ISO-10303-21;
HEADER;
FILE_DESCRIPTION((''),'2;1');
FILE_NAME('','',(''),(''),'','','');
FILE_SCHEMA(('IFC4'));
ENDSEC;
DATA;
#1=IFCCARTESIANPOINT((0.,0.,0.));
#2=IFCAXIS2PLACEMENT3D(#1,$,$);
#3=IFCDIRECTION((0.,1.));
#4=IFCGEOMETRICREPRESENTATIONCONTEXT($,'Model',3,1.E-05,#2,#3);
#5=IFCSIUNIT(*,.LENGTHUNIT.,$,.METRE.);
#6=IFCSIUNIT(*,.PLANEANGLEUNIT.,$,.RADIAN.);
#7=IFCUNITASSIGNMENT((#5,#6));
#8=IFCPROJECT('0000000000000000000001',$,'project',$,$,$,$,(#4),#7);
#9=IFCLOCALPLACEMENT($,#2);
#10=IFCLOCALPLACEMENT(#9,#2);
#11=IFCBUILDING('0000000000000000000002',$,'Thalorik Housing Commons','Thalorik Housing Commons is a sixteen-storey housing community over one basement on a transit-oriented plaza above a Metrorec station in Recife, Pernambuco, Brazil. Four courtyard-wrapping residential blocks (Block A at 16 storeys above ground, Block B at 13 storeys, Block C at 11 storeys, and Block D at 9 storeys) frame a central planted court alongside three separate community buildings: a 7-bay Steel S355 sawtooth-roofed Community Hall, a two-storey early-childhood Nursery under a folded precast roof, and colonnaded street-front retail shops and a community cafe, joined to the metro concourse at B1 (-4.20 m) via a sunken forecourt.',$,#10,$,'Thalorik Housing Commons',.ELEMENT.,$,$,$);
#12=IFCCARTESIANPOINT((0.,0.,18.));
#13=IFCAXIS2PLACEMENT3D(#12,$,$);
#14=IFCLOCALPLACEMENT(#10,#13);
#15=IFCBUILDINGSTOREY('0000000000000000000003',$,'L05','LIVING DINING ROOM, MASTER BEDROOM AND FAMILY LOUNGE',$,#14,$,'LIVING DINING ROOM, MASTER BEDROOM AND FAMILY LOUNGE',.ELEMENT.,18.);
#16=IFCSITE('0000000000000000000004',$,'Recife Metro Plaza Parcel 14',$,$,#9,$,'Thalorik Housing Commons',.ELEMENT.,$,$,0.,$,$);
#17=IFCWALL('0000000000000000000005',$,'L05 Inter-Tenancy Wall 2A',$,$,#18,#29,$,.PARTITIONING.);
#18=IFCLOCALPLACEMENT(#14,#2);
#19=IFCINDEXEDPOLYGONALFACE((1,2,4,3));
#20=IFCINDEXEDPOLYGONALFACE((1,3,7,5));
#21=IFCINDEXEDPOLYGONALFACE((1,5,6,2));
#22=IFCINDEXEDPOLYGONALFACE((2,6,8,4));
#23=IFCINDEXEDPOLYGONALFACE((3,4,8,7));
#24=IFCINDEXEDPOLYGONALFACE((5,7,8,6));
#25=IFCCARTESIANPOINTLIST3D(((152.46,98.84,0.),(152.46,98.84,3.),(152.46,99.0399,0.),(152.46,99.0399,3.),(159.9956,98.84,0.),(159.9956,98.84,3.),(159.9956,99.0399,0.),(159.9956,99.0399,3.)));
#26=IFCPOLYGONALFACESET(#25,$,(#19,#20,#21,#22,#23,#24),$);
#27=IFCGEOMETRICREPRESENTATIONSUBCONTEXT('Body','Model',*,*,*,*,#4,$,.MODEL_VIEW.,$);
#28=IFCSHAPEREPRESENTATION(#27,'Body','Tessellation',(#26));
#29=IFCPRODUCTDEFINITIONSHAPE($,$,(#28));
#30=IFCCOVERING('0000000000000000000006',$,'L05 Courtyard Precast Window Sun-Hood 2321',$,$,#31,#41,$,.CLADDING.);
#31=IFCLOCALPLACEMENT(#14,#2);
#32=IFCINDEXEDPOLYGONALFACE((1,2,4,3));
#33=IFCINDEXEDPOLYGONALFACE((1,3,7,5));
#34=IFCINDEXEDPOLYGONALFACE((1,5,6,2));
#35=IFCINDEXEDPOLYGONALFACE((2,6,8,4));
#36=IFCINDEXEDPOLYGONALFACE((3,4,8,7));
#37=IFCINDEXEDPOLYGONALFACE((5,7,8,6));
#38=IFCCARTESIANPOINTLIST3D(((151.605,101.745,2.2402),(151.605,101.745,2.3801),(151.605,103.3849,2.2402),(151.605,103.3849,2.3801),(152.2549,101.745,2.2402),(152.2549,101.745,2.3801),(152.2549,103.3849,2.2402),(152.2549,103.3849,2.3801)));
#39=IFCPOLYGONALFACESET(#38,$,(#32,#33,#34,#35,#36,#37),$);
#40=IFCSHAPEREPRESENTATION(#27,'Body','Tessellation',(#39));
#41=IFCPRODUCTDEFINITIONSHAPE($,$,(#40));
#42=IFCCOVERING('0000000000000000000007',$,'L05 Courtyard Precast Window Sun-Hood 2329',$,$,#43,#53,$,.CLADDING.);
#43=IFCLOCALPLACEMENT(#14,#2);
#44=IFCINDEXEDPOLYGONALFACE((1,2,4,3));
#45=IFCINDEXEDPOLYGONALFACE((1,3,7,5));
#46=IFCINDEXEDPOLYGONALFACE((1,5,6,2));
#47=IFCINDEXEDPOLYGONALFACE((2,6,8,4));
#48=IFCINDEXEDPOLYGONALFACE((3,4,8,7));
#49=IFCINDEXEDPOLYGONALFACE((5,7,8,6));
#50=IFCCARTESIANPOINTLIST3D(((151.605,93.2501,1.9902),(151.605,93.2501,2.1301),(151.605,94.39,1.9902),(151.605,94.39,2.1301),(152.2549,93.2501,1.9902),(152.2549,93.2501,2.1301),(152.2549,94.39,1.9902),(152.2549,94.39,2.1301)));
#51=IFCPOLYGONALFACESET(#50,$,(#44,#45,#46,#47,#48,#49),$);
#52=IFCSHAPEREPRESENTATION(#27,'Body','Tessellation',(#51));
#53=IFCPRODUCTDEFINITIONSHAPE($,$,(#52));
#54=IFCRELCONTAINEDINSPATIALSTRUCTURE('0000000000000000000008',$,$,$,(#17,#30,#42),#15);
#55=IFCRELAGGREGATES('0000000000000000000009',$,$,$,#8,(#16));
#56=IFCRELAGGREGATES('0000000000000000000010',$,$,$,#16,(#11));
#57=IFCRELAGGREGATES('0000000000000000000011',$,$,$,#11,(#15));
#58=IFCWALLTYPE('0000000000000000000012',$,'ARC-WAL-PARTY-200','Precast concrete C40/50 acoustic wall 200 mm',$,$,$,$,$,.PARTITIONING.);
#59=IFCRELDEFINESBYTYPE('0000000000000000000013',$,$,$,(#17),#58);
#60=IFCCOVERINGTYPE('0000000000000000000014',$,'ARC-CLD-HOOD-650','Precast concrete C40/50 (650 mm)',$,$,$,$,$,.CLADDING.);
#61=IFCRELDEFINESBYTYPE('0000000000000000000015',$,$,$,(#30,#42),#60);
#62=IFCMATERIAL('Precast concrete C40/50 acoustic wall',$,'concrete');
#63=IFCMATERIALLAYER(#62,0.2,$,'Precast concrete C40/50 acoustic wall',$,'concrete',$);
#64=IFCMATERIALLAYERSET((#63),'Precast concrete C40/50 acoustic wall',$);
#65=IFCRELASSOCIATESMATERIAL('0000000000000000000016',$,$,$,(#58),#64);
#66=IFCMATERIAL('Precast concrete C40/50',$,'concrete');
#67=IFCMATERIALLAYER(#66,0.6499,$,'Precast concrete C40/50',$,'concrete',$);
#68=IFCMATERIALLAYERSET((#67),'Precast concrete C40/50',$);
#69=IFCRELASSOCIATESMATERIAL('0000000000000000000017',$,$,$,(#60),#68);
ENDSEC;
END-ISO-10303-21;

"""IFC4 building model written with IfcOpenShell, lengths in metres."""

from ifc_helpers import new_model, si_unit, direction, frame, frame_2d, origin, origin_2d, place, context, subcontext, project, spatial, rectangle, extrude, material, layer, layer_set, type_object, element, save


model = new_model("IFC4")

# Units and contexts
model_context = context("Model", 3, precision=1e-05, world=origin(), true_north=direction((0.0, 1.0)))
body_context = subcontext(model_context, "Body", "Model", "MODEL_VIEW")
ifc_project = project(units=[si_unit("LENGTHUNIT", "METRE"), si_unit("PLANEANGLEUNIT", "RADIAN")], contexts=[model_context])

# Site, building, storey
site_placement = place(None, origin())
site = spatial("IfcSite", under=ifc_project, at=site_placement, Name="Recife Metro Plaza Parcel 14", LongName="Thalorik Housing Commons", CompositionType="ELEMENT", RefElevation=0.0)
building_placement = place(site_placement, origin())
building = spatial("IfcBuilding", under=site, at=building_placement, Name="Thalorik Housing Commons", Description="Thalorik Housing Commons is a sixteen-storey housing community over one basement on a transit-oriented plaza above a Metrorec station in Recife, Pernambuco, Brazil. Four courtyard-wrapping residential blocks (Block A at 16 storeys above ground, Block B at 13 storeys, Block C at 11 storeys, and Block D at 9 storeys) frame a central planted court alongside three separate community buildings: a 7-bay Steel S355 sawtooth-roofed Community Hall, a two-storey early-childhood Nursery under a folded precast roof, and colonnaded street-front retail shops and a community cafe, joined to the metro concourse at B1 (-4.20 m) via a sunken forecourt.", LongName="Thalorik Housing Commons", CompositionType="ELEMENT")
storey_placement = place(building_placement, frame((0.0, 0.0, 18.0)))
storey = spatial("IfcBuildingStorey", under=building, at=storey_placement, Name="L05", Description="LIVING DINING ROOM, MASTER BEDROOM AND FAMILY LOUNGE", LongName="LIVING DINING ROOM, MASTER BEDROOM AND FAMILY LOUNGE", CompositionType="ELEMENT", Elevation=18.0)

# Shared definitions
ifc_material_1 = material(Name="Precast concrete C40/50", Category="concrete")

# Wall
ifc_material_2 = material(Name="Precast concrete C40/50 acoustic wall", Category="concrete")
ifc_layer_1 = layer(ifc_material_2, 0.2, Name="Precast concrete C40/50 acoustic wall", Category="concrete")
ifc_layer_set_1 = layer_set([ifc_layer_1], Name="Precast concrete C40/50 acoustic wall")
wall_type_1 = type_object("IfcWallType", Name="ARC-WAL-PARTY-200", Description="Precast concrete C40/50 acoustic wall 200 mm", PredefinedType="PARTITIONING", material=ifc_layer_set_1)
wall_1_placement = place(storey_placement, frame((152.46, 98.9399, 0.0), z_axis=(0.0, 0.0, 1.0), x_axis=(1.0, 0.0, 0.0)))
element("IfcWall", 1, at=wall_1_placement, inside=storey, type_object=wall_type_1, Name="L05 Inter-Tenancy Wall 2A", PredefinedType="PARTITIONING", context=body_context, shape_type="SweptSolid", body=[
    extrude(rectangle(XDim=7.5356, YDim=0.2, at=frame_2d((3.7678, 0.0))), origin(), (0.0, 0.0, 1.0), 3.0),
])

# Coverings
ifc_layer_2 = layer(ifc_material_1, 0.6499, Name="Precast concrete C40/50", Category="concrete")
ifc_layer_set_2 = layer_set([ifc_layer_2], Name="Precast concrete C40/50")
covering_type = type_object("IfcCoveringType", Name="ARC-CLD-HOOD-650", Description="Precast concrete C40/50 (650 mm)", PredefinedType="CLADDING", material=ifc_layer_set_2)
covering_1_placement = place(storey_placement, frame((151.9299, 102.5649, 2.2402), z_axis=(0.0, 0.0, 1.0), x_axis=(0.0, -1.0, 0.0)))
element("IfcCovering", 2, at=covering_1_placement, inside=storey, type_object=covering_type, Name="L05 Courtyard Precast Window Sun-Hood 2321", PredefinedType="CLADDING", context=body_context, shape_type="SweptSolid", body=[
    extrude(rectangle(XDim=1.6399, YDim=0.6499, at=origin_2d()), origin(), (0.0, 0.0, 1.0), 0.1399),
])
covering_2_placement = place(storey_placement, frame((151.9299, 93.8201, 1.9902), z_axis=(0.0, 0.0, 1.0), x_axis=(0.0, -1.0, 0.0)))
element("IfcCovering", 3, at=covering_2_placement, inside=storey, type_object=covering_type, Name="L05 Courtyard Precast Window Sun-Hood 2329", PredefinedType="CLADDING", context=body_context, shape_type="SweptSolid", body=[
    extrude(rectangle(XDim=1.1399, YDim=0.6499, at=origin_2d()), origin(), (0.0, 0.0, 1.0), 0.1399),
])

save(model, "model.ifc")
